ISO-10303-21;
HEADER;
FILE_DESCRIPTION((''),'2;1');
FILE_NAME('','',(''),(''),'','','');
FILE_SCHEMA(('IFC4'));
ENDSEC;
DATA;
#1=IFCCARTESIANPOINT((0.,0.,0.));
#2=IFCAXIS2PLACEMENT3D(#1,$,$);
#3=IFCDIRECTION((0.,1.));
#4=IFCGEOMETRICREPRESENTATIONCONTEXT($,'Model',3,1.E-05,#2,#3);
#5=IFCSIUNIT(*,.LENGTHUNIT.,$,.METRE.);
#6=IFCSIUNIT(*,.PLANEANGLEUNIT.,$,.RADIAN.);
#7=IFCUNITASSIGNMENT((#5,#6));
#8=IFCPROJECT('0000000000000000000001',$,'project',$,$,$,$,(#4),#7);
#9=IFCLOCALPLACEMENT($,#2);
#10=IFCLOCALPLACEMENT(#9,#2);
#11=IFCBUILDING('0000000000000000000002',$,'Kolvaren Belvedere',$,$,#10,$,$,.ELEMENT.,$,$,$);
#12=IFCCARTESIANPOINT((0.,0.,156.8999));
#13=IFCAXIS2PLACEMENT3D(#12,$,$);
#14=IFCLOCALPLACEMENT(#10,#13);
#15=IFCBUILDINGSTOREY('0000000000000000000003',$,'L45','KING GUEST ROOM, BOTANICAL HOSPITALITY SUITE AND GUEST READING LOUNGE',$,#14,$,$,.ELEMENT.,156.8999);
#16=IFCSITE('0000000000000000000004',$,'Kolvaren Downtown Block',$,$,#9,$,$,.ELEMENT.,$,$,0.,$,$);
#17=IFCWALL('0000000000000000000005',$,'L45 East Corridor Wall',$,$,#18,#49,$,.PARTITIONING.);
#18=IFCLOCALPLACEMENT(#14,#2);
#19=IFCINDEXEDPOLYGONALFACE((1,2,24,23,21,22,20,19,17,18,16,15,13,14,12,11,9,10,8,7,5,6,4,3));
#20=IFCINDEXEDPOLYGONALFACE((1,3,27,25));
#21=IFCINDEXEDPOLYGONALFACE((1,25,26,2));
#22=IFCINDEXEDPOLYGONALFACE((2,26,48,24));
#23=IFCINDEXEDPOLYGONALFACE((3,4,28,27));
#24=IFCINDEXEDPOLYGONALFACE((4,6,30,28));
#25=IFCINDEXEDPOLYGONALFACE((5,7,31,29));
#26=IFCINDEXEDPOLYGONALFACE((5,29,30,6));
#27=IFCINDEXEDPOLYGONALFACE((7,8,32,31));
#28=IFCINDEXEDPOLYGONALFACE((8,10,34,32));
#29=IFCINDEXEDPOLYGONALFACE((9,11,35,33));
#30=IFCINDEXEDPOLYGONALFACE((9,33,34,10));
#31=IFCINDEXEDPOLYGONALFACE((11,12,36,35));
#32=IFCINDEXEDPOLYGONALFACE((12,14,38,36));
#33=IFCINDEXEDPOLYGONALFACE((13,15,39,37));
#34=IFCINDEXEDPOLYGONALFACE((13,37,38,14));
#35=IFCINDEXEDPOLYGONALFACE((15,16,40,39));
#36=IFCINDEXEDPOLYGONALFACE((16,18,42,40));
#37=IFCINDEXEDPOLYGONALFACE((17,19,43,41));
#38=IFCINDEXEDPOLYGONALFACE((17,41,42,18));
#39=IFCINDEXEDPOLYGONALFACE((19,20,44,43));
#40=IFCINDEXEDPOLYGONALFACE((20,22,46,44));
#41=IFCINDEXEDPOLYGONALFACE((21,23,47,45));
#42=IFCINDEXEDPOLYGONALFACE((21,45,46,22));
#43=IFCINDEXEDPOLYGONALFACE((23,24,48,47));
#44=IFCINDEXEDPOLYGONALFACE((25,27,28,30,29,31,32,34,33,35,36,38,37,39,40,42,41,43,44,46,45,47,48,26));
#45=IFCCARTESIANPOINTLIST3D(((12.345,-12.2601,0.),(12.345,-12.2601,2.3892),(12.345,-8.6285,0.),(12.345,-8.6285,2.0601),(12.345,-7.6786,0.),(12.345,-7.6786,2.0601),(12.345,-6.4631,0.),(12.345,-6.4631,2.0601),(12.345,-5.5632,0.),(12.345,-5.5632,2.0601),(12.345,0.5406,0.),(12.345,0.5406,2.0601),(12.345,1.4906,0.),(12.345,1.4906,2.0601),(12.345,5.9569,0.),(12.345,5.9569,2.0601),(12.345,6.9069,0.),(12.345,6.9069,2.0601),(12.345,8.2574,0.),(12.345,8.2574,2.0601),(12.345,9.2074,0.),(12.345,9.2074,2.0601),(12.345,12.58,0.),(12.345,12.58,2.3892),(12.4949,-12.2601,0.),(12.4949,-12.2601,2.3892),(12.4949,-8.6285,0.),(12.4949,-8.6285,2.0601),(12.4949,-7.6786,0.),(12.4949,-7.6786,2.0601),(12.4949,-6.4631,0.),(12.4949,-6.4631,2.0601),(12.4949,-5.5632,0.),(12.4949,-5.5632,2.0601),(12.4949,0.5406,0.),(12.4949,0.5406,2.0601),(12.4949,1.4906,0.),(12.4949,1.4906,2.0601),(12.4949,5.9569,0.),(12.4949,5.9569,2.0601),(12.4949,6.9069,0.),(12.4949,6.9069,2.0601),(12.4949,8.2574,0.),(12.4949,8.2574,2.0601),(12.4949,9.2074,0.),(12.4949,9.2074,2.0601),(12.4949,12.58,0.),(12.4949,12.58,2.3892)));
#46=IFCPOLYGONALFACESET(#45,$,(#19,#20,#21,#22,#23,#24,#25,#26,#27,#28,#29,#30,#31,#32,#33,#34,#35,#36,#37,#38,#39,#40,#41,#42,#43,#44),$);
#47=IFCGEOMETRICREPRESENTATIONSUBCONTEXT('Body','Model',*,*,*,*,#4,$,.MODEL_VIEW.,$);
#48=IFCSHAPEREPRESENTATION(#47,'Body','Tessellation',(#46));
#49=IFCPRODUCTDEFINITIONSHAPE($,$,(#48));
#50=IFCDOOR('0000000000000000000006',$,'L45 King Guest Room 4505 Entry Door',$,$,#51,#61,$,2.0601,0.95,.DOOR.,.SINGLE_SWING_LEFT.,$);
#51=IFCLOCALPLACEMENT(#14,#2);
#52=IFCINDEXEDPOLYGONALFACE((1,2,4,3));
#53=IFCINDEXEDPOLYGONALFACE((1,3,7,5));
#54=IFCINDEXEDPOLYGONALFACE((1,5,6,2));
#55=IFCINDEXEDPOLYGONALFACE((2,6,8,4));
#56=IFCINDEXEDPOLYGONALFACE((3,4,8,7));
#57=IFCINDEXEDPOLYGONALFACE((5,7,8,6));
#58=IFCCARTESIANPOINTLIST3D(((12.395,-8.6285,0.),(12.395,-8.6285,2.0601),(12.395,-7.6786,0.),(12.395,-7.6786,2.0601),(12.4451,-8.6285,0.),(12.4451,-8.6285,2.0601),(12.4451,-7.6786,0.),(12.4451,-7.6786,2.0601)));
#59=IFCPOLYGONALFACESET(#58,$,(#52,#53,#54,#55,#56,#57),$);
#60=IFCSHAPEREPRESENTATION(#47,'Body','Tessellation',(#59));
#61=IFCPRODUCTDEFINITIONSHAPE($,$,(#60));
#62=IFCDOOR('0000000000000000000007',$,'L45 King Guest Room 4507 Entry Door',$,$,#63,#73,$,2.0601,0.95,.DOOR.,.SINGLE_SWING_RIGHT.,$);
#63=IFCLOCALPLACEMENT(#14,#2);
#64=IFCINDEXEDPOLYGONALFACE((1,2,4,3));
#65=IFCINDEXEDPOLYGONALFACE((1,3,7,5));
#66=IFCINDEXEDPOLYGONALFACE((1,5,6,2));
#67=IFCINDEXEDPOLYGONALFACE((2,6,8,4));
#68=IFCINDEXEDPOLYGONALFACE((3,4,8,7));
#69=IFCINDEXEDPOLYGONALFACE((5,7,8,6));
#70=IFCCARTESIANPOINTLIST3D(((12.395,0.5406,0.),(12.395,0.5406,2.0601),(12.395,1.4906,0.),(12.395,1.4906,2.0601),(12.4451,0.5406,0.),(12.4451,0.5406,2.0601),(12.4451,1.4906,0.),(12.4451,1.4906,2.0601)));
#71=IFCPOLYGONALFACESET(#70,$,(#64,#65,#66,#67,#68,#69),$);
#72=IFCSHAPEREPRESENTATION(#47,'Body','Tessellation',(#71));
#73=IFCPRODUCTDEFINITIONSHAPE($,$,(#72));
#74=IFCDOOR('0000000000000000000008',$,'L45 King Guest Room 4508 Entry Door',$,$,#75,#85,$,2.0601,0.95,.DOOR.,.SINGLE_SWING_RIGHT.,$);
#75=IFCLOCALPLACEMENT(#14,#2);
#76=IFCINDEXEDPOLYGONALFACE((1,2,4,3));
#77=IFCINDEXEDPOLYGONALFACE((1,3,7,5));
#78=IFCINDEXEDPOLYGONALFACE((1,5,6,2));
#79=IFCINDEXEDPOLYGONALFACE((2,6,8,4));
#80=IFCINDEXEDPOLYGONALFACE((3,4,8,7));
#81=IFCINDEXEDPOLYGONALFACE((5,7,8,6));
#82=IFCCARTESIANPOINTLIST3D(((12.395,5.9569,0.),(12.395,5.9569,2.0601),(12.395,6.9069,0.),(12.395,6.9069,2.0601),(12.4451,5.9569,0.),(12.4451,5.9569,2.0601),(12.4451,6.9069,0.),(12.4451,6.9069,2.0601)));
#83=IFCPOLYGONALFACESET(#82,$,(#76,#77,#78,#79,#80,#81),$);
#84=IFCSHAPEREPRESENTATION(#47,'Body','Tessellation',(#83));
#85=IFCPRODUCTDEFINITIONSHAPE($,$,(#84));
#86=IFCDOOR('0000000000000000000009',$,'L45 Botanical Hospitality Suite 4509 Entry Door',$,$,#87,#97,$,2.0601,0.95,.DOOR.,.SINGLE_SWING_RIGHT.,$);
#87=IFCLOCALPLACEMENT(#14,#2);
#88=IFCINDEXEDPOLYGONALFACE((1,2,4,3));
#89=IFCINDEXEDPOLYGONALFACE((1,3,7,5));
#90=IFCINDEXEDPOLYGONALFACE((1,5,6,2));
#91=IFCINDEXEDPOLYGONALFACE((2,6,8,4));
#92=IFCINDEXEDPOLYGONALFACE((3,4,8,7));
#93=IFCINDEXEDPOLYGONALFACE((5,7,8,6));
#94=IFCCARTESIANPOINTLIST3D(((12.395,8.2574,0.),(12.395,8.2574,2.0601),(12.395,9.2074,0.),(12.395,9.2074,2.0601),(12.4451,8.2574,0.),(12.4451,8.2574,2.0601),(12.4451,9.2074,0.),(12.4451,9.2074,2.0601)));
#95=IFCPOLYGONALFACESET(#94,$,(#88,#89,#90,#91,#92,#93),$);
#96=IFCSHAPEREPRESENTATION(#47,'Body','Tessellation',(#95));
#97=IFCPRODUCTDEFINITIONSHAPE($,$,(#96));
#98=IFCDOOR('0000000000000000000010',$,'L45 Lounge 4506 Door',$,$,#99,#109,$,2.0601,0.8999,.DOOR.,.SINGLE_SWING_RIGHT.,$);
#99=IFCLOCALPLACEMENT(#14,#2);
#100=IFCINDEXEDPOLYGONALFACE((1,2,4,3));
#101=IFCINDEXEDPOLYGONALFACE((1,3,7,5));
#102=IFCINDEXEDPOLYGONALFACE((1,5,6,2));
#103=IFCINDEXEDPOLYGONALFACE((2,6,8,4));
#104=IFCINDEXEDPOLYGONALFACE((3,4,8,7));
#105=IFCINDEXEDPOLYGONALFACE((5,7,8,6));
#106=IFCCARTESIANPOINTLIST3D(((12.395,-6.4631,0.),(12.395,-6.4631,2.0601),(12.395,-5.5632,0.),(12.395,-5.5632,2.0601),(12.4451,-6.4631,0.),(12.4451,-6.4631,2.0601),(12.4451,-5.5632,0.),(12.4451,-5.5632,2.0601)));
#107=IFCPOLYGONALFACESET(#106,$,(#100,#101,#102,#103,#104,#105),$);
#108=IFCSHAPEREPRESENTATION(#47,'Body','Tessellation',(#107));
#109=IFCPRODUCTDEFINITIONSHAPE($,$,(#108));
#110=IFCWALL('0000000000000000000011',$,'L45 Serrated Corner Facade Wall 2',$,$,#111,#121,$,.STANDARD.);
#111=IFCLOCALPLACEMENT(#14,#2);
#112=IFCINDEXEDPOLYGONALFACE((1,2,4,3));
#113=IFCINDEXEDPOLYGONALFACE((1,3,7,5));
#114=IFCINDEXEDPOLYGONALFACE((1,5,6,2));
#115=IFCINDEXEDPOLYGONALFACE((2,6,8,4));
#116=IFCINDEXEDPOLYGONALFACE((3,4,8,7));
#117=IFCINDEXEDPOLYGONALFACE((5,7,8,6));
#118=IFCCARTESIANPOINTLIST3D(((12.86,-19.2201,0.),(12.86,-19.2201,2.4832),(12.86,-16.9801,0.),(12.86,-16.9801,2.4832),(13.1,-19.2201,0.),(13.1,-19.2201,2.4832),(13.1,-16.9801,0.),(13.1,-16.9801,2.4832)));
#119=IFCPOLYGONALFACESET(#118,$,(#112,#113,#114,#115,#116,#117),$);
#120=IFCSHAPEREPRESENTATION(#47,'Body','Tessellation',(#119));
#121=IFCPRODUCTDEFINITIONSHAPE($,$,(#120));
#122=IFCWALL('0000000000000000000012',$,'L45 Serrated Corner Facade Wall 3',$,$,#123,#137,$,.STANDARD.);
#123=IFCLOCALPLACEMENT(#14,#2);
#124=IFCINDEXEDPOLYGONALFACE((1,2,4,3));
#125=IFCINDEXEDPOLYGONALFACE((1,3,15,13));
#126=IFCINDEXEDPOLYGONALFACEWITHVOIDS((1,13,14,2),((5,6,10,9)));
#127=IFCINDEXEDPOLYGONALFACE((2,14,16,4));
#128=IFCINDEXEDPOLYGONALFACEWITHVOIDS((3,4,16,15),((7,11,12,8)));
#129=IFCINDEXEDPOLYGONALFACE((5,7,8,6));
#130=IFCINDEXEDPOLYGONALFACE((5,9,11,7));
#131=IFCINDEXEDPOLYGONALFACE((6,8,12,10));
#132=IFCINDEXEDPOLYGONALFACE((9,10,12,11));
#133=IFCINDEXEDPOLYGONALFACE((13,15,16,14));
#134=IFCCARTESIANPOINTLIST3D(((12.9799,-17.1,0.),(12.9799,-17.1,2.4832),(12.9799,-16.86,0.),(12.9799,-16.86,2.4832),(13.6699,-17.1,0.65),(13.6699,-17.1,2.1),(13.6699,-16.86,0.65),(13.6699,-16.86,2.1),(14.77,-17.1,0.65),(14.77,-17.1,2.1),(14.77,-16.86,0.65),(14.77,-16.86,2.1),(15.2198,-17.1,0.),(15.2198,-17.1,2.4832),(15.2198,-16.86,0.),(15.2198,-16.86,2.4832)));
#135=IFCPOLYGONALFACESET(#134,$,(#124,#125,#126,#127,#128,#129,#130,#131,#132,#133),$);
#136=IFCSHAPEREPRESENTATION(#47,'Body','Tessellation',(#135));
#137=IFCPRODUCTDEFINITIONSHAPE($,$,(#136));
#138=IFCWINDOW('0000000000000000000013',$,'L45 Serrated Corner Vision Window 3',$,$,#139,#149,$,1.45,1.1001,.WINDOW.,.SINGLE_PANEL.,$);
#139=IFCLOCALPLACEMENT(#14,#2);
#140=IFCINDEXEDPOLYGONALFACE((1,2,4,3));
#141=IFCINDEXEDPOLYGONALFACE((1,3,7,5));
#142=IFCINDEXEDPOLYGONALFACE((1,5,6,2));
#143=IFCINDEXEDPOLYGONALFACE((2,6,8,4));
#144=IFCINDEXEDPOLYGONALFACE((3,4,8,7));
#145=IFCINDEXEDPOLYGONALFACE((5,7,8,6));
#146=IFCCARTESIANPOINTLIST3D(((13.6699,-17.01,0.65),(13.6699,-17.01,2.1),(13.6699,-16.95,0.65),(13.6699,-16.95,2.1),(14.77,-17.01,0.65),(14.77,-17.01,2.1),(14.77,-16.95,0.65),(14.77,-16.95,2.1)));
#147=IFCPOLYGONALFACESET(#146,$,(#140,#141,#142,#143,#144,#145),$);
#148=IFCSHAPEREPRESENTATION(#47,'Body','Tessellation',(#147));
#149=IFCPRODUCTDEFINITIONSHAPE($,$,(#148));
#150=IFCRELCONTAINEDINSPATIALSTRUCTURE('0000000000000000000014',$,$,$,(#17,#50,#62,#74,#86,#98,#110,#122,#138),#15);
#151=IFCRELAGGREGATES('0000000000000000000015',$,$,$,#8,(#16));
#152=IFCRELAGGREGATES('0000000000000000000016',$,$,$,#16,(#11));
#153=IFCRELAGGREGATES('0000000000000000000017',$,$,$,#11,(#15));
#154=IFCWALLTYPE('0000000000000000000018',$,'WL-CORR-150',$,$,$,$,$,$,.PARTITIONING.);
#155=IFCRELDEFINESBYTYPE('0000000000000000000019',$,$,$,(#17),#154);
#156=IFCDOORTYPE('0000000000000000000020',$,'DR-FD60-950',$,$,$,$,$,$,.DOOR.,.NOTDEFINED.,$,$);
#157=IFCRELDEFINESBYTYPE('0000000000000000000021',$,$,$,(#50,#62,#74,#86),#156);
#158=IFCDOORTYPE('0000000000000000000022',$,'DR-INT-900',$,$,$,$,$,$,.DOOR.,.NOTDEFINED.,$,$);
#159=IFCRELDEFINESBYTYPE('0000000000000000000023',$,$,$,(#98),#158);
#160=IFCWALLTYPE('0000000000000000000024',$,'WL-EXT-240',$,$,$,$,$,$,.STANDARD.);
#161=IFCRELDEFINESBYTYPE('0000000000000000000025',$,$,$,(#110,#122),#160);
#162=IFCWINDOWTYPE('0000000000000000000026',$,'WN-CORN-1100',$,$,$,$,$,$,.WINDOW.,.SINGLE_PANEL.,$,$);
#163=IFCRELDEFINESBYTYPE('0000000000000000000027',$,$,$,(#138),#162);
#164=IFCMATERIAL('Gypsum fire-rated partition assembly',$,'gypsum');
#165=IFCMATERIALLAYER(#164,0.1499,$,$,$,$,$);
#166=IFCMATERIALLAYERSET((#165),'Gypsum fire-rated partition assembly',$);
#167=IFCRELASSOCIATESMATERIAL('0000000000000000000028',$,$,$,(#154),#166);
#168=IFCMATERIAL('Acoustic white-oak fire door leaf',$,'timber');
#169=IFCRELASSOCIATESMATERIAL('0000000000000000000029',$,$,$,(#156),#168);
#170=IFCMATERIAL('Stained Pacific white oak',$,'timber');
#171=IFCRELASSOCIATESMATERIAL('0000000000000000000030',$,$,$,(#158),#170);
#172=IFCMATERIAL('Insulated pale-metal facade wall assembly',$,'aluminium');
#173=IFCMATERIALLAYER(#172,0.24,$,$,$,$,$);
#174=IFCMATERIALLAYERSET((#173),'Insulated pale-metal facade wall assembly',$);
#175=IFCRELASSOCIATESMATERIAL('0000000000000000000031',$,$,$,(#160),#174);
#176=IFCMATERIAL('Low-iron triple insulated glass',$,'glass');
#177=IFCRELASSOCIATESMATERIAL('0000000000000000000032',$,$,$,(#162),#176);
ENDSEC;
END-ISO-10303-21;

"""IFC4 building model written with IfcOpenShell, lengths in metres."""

from ifc_helpers import new_model, si_unit, direction, frame, frame_2d, origin, place, context, subcontext, project, spatial, rectangle, extrude, material, layer, layer_set, type_object, element, fill, save


model = new_model("IFC4")

# Units and contexts
model_context = context("Model", 3, precision=1e-05, world=origin(), true_north=direction((0.0, 1.0)))
body_context = subcontext(model_context, "Body", "Model", "MODEL_VIEW")
ifc_project = project(units=[si_unit("LENGTHUNIT", "METRE"), si_unit("PLANEANGLEUNIT", "RADIAN")], contexts=[model_context])

# Site, building, storey
site_placement = place(None, origin())
site = spatial("IfcSite", under=ifc_project, at=site_placement, Name="Kolvaren Downtown Block", CompositionType="ELEMENT", RefElevation=0.0)
building_placement = place(site_placement, origin())
building = spatial("IfcBuilding", under=site, at=building_placement, Name="Kolvaren Belvedere", CompositionType="ELEMENT")
storey_placement = place(building_placement, frame((0.0, 0.0, 156.8999)))
storey = spatial("IfcBuildingStorey", under=building, at=storey_placement, Name="L45", Description="KING GUEST ROOM, BOTANICAL HOSPITALITY SUITE AND GUEST READING LOUNGE", CompositionType="ELEMENT", Elevation=156.8999)

# Wall, openings, doors
ifc_material_1 = material(Name="Gypsum fire-rated partition assembly", Category="gypsum")
ifc_layer_1 = layer(ifc_material_1, 0.1499)
ifc_layer_set_1 = layer_set([ifc_layer_1], Name="Gypsum fire-rated partition assembly")
wall_type_1 = type_object("IfcWallType", Name="WL-CORR-150", PredefinedType="PARTITIONING", material=ifc_layer_set_1)
wall_1_placement = place(storey_placement, frame((12.4199, -12.26, 0.0), z_axis=(0.0, 0.0, 1.0), x_axis=(0.0, 1.0, 0.0)))
wall_1 = element("IfcWall", 1, at=wall_1_placement, inside=storey, type_object=wall_type_1, Name="L45 East Corridor Wall", PredefinedType="PARTITIONING", context=body_context, shape_type="SweptSolid", body=[
    extrude(rectangle(XDim=24.8401, YDim=0.1499, at=frame_2d((12.4199, 0.0))), origin(), (0.0, 0.0, 1.0), 2.3892),
])
opening_1_placement = place(wall_1_placement, frame((3.6313, 0.0, 0.0)))
opening_1 = element("IfcOpeningElement", 2, at=opening_1_placement, cuts=wall_1, PredefinedType="OPENING", context=body_context, shape_type="SweptSolid", body=[
    extrude(rectangle(XDim=0.95, YDim=2.0601, at=frame_2d((0.4751, 1.03))), frame((0.0, 0.085, 0.0), z_axis=(0.0, -1.0, 0.0), x_axis=(1.0, 0.0, 0.0)), (0.0, 0.0, 1.0), 0.1699),
])
opening_2_placement = place(wall_1_placement, frame((5.7969, 0.0, 0.0)))
opening_2 = element("IfcOpeningElement", 3, at=opening_2_placement, cuts=wall_1, PredefinedType="OPENING", context=body_context, shape_type="SweptSolid", body=[
    extrude(rectangle(XDim=0.8999, YDim=2.0601, at=frame_2d((0.45, 1.03))), frame((0.0, 0.085, 0.0), z_axis=(0.0, -1.0, 0.0), x_axis=(1.0, 0.0, 0.0)), (0.0, 0.0, 1.0), 0.1699),
])
opening_3_placement = place(wall_1_placement, frame((12.8005, 0.0, 0.0)))
opening_3 = element("IfcOpeningElement", 4, at=opening_3_placement, cuts=wall_1, PredefinedType="OPENING", context=body_context, shape_type="SweptSolid", body=[
    extrude(rectangle(XDim=0.95, YDim=2.0601, at=frame_2d((0.4751, 1.03))), frame((0.0, 0.085, 0.0), z_axis=(0.0, -1.0, 0.0), x_axis=(1.0, 0.0, 0.0)), (0.0, 0.0, 1.0), 0.1699),
])
opening_4_placement = place(wall_1_placement, frame((18.2168, 0.0, 0.0)))
opening_4 = element("IfcOpeningElement", 5, at=opening_4_placement, cuts=wall_1, PredefinedType="OPENING", context=body_context, shape_type="SweptSolid", body=[
    extrude(rectangle(XDim=0.95, YDim=2.0601, at=frame_2d((0.4751, 1.03))), frame((0.0, 0.085, 0.0), z_axis=(0.0, -1.0, 0.0), x_axis=(1.0, 0.0, 0.0)), (0.0, 0.0, 1.0), 0.1699),
])
opening_5_placement = place(wall_1_placement, frame((20.5173, 0.0, 0.0)))
opening_5 = element("IfcOpeningElement", 6, at=opening_5_placement, cuts=wall_1, PredefinedType="OPENING", context=body_context, shape_type="SweptSolid", body=[
    extrude(rectangle(XDim=0.95, YDim=2.0601, at=frame_2d((0.4751, 1.03))), frame((0.0, 0.085, 0.0), z_axis=(0.0, -1.0, 0.0), x_axis=(1.0, 0.0, 0.0)), (0.0, 0.0, 1.0), 0.1699),
])
ifc_material_2 = material(Name="Acoustic white-oak fire door leaf", Category="timber")
door_type_1 = type_object("IfcDoorType", Name="DR-FD60-950", OperationType="NOTDEFINED", PredefinedType="DOOR", material=ifc_material_2)
door_1_placement = place(opening_1_placement, origin())
door_1 = element("IfcDoor", 7, at=door_1_placement, inside=storey, type_object=door_type_1, Name="L45 King Guest Room 4505 Entry Door", OperationType="SINGLE_SWING_LEFT", OverallHeight=2.0601, OverallWidth=0.95, PredefinedType="DOOR", context=body_context, shape_type="SweptSolid", body=[
    extrude(rectangle(XDim=0.95, YDim=2.0601, at=frame_2d((0.4751, 1.03))), frame((0.0, 0.0249, 0.0), z_axis=(0.0, -1.0, 0.0), x_axis=(1.0, 0.0, 0.0)), (0.0, 0.0, 1.0), 0.05),
])
fill(opening_1, door_1)
door_2_placement = place(opening_3_placement, origin())
door_2 = element("IfcDoor", 8, at=door_2_placement, inside=storey, type_object=door_type_1, Name="L45 King Guest Room 4507 Entry Door", OperationType="SINGLE_SWING_RIGHT", OverallHeight=2.0601, OverallWidth=0.95, PredefinedType="DOOR", context=body_context, shape_type="SweptSolid", body=[
    extrude(rectangle(XDim=0.95, YDim=2.0601, at=frame_2d((0.4751, 1.03))), frame((0.0, 0.0249, 0.0), z_axis=(0.0, -1.0, 0.0), x_axis=(1.0, 0.0, 0.0)), (0.0, 0.0, 1.0), 0.05),
])
fill(opening_3, door_2)
door_3_placement = place(opening_4_placement, origin())
door_3 = element("IfcDoor", 9, at=door_3_placement, inside=storey, type_object=door_type_1, Name="L45 King Guest Room 4508 Entry Door", OperationType="SINGLE_SWING_RIGHT", OverallHeight=2.0601, OverallWidth=0.95, PredefinedType="DOOR", context=body_context, shape_type="SweptSolid", body=[
    extrude(rectangle(XDim=0.95, YDim=2.0601, at=frame_2d((0.4751, 1.03))), frame((0.0, 0.0249, 0.0), z_axis=(0.0, -1.0, 0.0), x_axis=(1.0, 0.0, 0.0)), (0.0, 0.0, 1.0), 0.05),
])
fill(opening_4, door_3)
door_4_placement = place(opening_5_placement, origin())
door_4 = element("IfcDoor", 10, at=door_4_placement, inside=storey, type_object=door_type_1, Name="L45 Botanical Hospitality Suite 4509 Entry Door", OperationType="SINGLE_SWING_RIGHT", OverallHeight=2.0601, OverallWidth=0.95, PredefinedType="DOOR", context=body_context, shape_type="SweptSolid", body=[
    extrude(rectangle(XDim=0.95, YDim=2.0601, at=frame_2d((0.4751, 1.03))), frame((0.0, 0.0249, 0.0), z_axis=(0.0, -1.0, 0.0), x_axis=(1.0, 0.0, 0.0)), (0.0, 0.0, 1.0), 0.05),
])
fill(opening_5, door_4)
ifc_material_3 = material(Name="Stained Pacific white oak", Category="timber")
door_type_2 = type_object("IfcDoorType", Name="DR-INT-900", OperationType="NOTDEFINED", PredefinedType="DOOR", material=ifc_material_3)
door_5_placement = place(opening_2_placement, origin())
door_5 = element("IfcDoor", 11, at=door_5_placement, inside=storey, type_object=door_type_2, Name="L45 Lounge 4506 Door", OperationType="SINGLE_SWING_RIGHT", OverallHeight=2.0601, OverallWidth=0.8999, PredefinedType="DOOR", context=body_context, shape_type="SweptSolid", body=[
    extrude(rectangle(XDim=0.8999, YDim=2.0601, at=frame_2d((0.45, 1.03))), frame((0.0, 0.0249, 0.0), z_axis=(0.0, -1.0, 0.0), x_axis=(1.0, 0.0, 0.0)), (0.0, 0.0, 1.0), 0.05),
])
fill(opening_2, door_5)

# Wall
ifc_material_4 = material(Name="Insulated pale-metal facade wall assembly", Category="aluminium")
ifc_layer_2 = layer(ifc_material_4, 0.24)
ifc_layer_set_2 = layer_set([ifc_layer_2], Name="Insulated pale-metal facade wall assembly")
wall_type_2 = type_object("IfcWallType", Name="WL-EXT-240", PredefinedType="STANDARD", material=ifc_layer_set_2)
wall_2_placement = place(storey_placement, frame((12.98, -16.98, 0.0), z_axis=(0.0, 0.0, 1.0), x_axis=(0.0, -1.0, 0.0)))
element("IfcWall", 12, at=wall_2_placement, inside=storey, type_object=wall_type_2, Name="L45 Serrated Corner Facade Wall 2", PredefinedType="STANDARD", context=body_context, shape_type="SweptSolid", body=[
    extrude(rectangle(XDim=2.24, YDim=0.24, at=frame_2d((1.1201, 0.0))), origin(), (0.0, 0.0, 1.0), 2.4832),
])

# Wall, opening, window
wall_3_placement = place(storey_placement, frame((15.22, -16.98, 0.0), z_axis=(0.0, 0.0, 1.0), x_axis=(-1.0, 0.0, 0.0)))
wall_3 = element("IfcWall", 13, at=wall_3_placement, inside=storey, type_object=wall_type_2, Name="L45 Serrated Corner Facade Wall 3", PredefinedType="STANDARD", context=body_context, shape_type="SweptSolid", body=[
    extrude(rectangle(XDim=2.24, YDim=0.24, at=frame_2d((1.1201, 0.0))), origin(), (0.0, 0.0, 1.0), 2.4832),
])
opening_6_placement = place(wall_3_placement, frame((0.45, 0.0, 0.6499)))
opening_6 = element("IfcOpeningElement", 14, at=opening_6_placement, cuts=wall_3, PredefinedType="OPENING", context=body_context, shape_type="SweptSolid", body=[
    extrude(rectangle(XDim=1.1001, YDim=1.45, at=frame_2d((0.55, 0.7251))), frame((0.0, 0.1299, 0.0), z_axis=(0.0, -1.0, 0.0), x_axis=(1.0, 0.0, 0.0)), (0.0, 0.0, 1.0), 0.26),
])
ifc_material_5 = material(Name="Low-iron triple insulated glass", Category="glass")
window_type = type_object("IfcWindowType", Name="WN-CORN-1100", PartitioningType="SINGLE_PANEL", PredefinedType="WINDOW", material=ifc_material_5)
window_1_placement = place(opening_6_placement, origin())
window_1 = element("IfcWindow", 15, at=window_1_placement, inside=storey, type_object=window_type, Name="L45 Serrated Corner Vision Window 3", OverallHeight=1.45, OverallWidth=1.1001, PartitioningType="SINGLE_PANEL", PredefinedType="WINDOW", context=body_context, shape_type="SweptSolid", body=[
    extrude(rectangle(XDim=1.1001, YDim=1.45, at=frame_2d((0.55, 0.7251))), frame((0.0, 0.03, 0.0), z_axis=(0.0, -1.0, 0.0), x_axis=(1.0, 0.0, 0.0)), (0.0, 0.0, 1.0), 0.0601),
])
fill(opening_6, window_1)

save(model, "model.ifc")
